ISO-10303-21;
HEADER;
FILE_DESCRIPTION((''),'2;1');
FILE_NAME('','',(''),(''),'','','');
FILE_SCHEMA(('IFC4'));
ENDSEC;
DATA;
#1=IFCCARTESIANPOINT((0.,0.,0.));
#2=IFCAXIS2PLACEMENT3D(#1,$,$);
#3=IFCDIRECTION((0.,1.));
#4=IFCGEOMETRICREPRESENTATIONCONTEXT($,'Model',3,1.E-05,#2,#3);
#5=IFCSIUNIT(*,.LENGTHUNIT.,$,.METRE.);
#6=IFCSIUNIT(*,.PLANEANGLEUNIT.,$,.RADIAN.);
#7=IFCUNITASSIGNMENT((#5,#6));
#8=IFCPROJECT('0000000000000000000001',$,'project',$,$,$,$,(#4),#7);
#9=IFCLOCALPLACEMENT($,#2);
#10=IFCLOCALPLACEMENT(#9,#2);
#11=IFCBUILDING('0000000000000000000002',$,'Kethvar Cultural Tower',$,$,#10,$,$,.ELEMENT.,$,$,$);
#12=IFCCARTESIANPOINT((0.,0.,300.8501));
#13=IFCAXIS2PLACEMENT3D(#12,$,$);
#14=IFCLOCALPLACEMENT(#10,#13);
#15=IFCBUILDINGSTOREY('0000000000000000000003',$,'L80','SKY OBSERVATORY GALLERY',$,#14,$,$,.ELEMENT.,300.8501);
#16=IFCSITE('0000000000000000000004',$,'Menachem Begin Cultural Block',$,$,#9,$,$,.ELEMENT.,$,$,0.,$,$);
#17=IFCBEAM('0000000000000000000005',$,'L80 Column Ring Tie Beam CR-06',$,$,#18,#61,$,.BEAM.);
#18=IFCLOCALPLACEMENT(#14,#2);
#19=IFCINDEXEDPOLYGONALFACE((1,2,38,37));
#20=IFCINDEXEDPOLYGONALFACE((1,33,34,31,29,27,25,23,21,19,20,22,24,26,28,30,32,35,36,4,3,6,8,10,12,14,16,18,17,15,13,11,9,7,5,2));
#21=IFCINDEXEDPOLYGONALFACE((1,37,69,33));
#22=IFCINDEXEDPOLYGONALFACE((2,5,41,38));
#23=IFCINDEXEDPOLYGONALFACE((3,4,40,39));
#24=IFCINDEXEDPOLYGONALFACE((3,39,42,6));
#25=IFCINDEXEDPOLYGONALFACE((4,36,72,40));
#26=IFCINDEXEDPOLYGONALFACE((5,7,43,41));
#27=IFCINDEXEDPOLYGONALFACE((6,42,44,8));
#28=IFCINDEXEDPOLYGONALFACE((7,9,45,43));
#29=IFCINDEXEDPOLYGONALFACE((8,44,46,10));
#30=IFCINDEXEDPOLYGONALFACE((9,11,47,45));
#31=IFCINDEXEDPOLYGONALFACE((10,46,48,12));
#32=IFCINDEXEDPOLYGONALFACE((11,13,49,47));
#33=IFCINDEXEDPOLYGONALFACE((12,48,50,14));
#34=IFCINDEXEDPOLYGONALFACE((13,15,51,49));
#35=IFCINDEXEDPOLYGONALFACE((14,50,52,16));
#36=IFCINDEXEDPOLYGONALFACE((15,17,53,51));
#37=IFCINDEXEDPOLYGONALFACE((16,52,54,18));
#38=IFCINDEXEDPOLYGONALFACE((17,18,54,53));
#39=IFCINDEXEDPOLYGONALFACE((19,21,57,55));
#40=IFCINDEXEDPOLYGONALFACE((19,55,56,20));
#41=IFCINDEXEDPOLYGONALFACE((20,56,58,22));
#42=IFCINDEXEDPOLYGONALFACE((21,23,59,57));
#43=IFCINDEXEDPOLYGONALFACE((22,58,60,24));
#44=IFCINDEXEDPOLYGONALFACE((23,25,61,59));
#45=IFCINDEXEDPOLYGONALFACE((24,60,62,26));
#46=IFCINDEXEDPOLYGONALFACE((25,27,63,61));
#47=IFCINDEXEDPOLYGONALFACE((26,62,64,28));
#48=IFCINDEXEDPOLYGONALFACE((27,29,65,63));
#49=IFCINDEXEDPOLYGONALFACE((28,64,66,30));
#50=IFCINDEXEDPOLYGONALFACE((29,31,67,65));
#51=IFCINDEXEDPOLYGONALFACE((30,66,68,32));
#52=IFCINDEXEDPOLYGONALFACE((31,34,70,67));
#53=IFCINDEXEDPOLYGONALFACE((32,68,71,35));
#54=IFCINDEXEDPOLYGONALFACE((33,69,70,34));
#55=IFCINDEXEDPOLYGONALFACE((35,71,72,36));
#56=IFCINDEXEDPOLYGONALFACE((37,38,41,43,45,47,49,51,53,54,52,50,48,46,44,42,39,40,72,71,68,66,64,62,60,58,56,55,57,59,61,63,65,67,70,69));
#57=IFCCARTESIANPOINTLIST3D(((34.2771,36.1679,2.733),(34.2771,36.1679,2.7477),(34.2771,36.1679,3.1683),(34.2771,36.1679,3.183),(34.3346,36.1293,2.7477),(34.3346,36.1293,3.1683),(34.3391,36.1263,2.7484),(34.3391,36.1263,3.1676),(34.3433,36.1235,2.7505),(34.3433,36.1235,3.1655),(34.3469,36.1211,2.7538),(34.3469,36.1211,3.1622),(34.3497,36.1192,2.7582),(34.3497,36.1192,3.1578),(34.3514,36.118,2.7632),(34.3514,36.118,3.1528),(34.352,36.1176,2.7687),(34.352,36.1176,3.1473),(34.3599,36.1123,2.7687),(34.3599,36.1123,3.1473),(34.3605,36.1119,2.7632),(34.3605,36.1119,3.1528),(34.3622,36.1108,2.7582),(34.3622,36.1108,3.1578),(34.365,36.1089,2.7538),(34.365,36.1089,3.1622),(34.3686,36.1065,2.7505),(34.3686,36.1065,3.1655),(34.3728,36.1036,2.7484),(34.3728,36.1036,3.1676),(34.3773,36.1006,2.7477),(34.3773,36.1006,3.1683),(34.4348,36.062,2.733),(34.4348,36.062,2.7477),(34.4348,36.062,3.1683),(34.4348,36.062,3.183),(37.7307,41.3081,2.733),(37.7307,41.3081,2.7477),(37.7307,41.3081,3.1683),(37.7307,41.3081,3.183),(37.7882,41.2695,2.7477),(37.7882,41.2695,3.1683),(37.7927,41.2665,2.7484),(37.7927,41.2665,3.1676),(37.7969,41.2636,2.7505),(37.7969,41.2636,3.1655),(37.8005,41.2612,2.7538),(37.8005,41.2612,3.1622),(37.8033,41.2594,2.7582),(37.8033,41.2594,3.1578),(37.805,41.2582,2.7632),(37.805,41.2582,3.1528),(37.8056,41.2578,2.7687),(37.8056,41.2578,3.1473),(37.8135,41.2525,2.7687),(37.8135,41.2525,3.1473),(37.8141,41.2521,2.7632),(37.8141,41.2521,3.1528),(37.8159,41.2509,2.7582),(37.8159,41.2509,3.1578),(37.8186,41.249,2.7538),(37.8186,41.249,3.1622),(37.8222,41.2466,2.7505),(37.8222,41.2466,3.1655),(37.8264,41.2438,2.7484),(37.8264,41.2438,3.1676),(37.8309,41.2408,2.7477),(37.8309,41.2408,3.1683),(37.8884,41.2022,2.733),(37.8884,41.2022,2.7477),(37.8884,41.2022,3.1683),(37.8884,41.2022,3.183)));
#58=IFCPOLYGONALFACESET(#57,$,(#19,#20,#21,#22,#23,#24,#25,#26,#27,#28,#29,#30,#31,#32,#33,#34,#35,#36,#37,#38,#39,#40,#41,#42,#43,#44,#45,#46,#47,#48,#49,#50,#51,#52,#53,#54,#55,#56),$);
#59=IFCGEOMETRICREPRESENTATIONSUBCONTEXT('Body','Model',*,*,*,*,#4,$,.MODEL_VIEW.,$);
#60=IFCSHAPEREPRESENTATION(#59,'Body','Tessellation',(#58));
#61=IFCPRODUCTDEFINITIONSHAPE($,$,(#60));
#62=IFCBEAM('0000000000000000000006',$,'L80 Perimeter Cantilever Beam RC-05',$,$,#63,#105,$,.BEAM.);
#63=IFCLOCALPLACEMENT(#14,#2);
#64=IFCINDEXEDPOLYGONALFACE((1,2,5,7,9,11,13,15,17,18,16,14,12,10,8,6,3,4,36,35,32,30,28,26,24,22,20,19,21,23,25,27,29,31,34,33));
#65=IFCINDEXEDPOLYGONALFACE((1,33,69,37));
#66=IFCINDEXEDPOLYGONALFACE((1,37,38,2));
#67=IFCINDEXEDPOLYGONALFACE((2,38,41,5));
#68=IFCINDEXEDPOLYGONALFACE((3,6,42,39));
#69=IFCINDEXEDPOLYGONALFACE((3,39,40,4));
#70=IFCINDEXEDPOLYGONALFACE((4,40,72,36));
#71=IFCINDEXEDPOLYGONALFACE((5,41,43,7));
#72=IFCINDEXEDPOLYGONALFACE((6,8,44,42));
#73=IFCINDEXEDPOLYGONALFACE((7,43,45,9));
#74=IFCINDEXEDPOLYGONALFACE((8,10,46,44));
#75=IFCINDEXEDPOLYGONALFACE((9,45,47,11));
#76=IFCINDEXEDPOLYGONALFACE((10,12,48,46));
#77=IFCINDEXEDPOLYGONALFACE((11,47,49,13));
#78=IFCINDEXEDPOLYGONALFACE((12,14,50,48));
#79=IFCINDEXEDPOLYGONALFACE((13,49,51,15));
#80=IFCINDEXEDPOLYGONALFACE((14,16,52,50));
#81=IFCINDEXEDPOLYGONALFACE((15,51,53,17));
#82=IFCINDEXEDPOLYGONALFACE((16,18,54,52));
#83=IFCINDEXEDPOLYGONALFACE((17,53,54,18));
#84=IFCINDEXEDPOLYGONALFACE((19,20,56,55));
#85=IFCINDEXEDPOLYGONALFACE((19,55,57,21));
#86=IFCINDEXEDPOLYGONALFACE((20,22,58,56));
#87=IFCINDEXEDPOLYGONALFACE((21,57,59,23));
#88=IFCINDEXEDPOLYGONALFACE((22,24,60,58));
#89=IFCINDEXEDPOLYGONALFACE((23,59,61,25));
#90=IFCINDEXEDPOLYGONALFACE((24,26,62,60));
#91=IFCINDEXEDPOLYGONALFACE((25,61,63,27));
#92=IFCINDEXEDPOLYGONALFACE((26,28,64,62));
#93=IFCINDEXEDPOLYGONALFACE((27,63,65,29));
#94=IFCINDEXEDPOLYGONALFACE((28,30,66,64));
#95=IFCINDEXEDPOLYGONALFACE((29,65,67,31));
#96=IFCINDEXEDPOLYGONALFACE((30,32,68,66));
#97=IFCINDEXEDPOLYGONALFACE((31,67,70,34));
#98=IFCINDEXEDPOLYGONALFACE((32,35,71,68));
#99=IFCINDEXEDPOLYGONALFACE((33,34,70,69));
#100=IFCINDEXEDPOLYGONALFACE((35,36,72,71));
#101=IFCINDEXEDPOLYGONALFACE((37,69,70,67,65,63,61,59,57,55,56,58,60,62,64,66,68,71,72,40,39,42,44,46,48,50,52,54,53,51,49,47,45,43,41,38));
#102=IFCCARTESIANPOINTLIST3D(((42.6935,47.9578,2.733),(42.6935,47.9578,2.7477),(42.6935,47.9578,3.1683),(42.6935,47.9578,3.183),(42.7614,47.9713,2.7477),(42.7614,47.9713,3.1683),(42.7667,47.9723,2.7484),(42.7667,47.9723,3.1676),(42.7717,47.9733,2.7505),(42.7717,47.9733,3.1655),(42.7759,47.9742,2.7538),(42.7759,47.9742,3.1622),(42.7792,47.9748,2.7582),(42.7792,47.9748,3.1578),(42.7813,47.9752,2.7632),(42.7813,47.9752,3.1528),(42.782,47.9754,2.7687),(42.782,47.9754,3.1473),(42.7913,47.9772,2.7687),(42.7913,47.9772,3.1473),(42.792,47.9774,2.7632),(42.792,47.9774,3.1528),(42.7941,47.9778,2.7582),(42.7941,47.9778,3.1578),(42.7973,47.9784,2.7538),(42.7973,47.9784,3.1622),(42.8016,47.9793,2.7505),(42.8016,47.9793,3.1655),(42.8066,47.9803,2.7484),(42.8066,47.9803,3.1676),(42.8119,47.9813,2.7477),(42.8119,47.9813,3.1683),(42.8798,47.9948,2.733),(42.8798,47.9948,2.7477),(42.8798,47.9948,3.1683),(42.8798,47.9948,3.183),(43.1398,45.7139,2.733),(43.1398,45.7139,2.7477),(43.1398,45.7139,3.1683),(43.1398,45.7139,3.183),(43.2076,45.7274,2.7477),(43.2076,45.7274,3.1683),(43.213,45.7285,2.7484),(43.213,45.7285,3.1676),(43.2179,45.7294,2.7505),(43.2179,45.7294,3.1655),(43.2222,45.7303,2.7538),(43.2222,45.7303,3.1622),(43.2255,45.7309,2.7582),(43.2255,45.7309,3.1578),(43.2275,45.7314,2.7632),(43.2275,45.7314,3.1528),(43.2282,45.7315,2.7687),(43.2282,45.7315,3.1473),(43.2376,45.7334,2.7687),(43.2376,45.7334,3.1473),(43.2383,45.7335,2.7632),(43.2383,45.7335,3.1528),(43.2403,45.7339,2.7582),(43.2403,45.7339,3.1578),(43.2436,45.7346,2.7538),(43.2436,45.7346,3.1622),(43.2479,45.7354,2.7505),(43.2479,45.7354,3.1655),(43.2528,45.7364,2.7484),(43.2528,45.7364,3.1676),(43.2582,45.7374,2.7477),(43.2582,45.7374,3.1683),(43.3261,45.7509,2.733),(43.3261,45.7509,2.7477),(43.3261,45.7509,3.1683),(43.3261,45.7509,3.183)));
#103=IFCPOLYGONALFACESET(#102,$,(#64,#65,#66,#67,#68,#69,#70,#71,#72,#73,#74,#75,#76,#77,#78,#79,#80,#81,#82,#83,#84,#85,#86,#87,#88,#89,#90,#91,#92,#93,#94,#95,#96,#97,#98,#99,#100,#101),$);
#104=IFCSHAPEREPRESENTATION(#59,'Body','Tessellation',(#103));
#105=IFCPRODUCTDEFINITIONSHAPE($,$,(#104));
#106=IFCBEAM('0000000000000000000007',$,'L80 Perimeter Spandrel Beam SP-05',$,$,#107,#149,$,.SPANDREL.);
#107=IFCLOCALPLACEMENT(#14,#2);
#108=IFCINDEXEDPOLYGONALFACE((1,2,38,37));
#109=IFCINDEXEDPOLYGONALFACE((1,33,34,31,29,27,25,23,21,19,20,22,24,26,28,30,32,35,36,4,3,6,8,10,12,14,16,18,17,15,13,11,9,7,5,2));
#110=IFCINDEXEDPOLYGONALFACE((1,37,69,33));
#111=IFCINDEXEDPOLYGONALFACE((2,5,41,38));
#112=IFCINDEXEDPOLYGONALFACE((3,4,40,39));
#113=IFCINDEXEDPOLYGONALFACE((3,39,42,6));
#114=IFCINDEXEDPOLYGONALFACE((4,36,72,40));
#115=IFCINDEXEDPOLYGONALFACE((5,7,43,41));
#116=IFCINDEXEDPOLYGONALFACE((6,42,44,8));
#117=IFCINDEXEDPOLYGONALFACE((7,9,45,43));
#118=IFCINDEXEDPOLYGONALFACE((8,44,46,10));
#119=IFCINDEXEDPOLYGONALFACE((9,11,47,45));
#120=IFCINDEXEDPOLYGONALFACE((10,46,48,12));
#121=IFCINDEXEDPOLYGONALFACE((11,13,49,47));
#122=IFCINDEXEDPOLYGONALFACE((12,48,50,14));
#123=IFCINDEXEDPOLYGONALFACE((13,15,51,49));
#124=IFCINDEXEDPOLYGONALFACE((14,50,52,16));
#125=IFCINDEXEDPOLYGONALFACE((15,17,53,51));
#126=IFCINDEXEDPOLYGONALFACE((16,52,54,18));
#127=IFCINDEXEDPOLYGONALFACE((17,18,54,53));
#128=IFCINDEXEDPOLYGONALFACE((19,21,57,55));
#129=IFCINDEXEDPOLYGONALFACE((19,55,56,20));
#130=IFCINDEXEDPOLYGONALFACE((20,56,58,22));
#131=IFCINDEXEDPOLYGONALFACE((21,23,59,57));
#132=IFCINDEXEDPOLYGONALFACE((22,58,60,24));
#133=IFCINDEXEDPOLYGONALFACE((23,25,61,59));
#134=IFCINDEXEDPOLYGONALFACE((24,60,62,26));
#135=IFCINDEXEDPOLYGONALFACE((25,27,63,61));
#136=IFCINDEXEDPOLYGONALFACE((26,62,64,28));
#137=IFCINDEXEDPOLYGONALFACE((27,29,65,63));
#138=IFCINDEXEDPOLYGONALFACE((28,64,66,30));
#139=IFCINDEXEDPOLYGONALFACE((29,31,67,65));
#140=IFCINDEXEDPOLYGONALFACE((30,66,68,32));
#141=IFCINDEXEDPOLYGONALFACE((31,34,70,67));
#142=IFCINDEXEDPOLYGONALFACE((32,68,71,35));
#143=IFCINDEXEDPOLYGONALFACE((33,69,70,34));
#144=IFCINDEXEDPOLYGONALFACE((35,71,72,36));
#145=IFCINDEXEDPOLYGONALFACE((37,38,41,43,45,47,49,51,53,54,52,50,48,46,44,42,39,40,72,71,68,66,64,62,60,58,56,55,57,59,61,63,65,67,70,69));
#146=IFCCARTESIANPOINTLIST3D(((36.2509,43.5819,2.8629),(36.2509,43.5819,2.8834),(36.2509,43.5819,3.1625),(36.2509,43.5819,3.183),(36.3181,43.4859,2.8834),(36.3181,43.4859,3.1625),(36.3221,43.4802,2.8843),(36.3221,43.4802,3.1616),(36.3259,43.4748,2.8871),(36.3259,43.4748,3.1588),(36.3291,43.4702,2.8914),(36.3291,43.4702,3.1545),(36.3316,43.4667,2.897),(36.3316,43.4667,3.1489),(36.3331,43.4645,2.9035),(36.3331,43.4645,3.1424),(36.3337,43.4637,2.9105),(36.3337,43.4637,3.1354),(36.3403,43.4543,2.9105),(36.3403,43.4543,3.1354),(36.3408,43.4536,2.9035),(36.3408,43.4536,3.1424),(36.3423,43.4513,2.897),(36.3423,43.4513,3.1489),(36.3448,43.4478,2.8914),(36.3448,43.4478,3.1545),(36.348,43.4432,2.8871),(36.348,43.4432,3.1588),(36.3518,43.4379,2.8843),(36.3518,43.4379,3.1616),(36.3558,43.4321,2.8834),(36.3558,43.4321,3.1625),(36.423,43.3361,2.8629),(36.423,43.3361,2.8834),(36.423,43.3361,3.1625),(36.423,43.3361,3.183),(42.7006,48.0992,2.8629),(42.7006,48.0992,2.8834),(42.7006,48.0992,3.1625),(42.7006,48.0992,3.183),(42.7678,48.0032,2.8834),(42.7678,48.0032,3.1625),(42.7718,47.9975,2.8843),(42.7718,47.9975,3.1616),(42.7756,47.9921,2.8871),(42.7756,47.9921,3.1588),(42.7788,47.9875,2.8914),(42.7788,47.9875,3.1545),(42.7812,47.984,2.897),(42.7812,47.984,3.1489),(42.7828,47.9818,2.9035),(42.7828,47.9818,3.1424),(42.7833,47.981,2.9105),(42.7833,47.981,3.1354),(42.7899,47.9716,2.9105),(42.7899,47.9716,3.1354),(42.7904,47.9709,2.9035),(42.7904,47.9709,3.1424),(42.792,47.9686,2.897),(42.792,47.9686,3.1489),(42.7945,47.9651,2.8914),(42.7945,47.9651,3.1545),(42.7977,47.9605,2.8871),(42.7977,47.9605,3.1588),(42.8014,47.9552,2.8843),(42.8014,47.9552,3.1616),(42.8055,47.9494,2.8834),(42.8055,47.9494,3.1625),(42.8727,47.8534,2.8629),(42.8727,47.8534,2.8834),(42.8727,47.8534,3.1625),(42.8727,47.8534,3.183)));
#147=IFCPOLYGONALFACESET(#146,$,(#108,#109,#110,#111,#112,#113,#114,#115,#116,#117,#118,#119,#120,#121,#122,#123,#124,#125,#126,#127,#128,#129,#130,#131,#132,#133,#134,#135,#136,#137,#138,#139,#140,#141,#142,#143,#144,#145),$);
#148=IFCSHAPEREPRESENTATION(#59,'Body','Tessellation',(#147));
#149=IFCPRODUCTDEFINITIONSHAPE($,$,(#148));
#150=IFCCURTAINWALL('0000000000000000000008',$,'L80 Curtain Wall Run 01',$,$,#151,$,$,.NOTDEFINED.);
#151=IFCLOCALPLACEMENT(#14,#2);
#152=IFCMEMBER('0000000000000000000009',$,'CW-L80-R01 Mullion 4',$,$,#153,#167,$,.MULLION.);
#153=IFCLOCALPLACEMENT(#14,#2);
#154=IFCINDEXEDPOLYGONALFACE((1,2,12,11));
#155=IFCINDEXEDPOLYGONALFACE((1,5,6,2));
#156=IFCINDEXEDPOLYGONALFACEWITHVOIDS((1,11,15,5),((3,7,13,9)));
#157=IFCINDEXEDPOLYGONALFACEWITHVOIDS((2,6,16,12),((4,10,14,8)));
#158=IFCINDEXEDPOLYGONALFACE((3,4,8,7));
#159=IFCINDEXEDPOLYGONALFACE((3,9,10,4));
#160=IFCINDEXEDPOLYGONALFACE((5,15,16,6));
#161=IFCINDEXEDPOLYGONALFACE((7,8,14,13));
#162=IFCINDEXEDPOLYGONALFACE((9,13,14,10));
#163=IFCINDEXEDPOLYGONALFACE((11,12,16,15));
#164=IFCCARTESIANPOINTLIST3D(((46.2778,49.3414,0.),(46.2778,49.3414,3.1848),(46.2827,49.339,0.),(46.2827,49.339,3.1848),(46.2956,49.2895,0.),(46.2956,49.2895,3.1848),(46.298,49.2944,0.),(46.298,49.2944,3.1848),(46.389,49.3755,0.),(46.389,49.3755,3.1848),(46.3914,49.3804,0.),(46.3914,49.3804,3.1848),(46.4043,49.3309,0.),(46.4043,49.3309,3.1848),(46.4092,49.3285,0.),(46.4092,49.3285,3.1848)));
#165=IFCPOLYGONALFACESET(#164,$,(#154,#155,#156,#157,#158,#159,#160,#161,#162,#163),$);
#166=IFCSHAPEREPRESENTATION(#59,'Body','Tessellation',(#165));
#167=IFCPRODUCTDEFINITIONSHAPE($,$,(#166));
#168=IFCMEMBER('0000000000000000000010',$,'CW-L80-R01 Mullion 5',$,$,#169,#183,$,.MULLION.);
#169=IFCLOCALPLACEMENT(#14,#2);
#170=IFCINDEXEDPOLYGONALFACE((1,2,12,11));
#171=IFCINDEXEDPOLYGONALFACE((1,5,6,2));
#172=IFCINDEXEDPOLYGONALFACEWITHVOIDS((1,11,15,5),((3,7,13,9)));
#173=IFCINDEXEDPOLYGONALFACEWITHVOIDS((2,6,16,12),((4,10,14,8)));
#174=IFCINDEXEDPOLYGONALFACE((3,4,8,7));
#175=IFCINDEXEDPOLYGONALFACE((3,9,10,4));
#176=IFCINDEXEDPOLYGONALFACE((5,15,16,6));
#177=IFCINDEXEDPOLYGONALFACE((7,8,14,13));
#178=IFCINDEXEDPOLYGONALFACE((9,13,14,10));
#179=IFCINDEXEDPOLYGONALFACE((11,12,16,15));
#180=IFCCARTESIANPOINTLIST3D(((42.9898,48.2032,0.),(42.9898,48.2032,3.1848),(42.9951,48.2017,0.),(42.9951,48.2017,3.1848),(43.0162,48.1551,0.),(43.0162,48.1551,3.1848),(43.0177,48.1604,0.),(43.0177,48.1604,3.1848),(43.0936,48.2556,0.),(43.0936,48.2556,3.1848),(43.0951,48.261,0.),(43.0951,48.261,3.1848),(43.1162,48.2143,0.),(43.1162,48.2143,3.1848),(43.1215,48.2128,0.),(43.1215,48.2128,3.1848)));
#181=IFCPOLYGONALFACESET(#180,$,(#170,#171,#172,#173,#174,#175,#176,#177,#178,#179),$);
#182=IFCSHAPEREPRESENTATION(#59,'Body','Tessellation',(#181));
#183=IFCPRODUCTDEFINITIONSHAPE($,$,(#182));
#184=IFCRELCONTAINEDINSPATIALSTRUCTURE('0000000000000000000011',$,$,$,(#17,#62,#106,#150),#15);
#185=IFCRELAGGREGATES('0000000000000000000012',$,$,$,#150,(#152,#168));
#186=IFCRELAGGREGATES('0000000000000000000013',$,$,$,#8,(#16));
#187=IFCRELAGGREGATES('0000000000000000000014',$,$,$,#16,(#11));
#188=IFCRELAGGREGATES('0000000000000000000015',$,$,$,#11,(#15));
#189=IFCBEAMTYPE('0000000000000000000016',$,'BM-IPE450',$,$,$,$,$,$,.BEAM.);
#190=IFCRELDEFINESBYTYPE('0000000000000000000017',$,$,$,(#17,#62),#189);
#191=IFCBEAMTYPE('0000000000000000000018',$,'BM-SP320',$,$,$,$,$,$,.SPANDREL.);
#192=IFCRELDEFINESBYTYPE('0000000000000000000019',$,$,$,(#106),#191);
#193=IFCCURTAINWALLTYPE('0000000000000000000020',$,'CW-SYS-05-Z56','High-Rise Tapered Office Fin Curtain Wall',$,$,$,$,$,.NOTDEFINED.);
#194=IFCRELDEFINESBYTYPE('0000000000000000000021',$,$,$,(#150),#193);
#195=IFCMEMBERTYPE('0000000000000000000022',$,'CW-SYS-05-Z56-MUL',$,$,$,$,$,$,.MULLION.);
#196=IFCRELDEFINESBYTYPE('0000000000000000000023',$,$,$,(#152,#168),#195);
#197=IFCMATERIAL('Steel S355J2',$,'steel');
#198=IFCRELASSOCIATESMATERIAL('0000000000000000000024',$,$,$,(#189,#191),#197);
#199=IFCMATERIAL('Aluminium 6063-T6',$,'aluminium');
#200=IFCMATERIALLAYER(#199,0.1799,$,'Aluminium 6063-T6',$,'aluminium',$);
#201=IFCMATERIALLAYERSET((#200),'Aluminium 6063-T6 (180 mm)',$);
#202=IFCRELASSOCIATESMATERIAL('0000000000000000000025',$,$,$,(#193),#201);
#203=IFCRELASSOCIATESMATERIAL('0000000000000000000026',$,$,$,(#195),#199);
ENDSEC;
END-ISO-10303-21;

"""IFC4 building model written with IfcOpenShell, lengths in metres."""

from ifc_helpers import new_model, si_unit, direction, frame, origin, origin_2d, place, context, subcontext, project, spatial, hollow_rectangle, i_section, extrude, source, transform, mapped, material, layer, layer_set, material_profile, profile_set, type_object, element, aggregate, save


model = new_model("IFC4")

# Units and contexts
model_context = context("Model", 3, precision=1e-05, world=origin(), true_north=direction((0.0, 1.0)))
body_context = subcontext(model_context, "Body", "Model", "MODEL_VIEW")
ifc_project = project(units=[si_unit("LENGTHUNIT", "METRE"), si_unit("PLANEANGLEUNIT", "RADIAN")], contexts=[model_context])

# Site, building, storey
site_placement = place(None, origin())
site = spatial("IfcSite", under=ifc_project, at=site_placement, Name="Menachem Begin Cultural Block", CompositionType="ELEMENT", RefElevation=0.0)
building_placement = place(site_placement, origin())
building = spatial("IfcBuilding", under=site, at=building_placement, Name="Kethvar Cultural Tower", CompositionType="ELEMENT")
storey_placement = place(building_placement, frame((0.0, 0.0, 300.8501)))
storey = spatial("IfcBuildingStorey", under=building, at=storey_placement, Name="L80", Description="SKY OBSERVATORY GALLERY", CompositionType="ELEMENT", Elevation=300.8501)

# Shared definitions
ifc_material_1 = material(Name="Steel S355J2", Category="steel")

# Beams
ifc_material_profile_1 = material_profile(ifc_material_1, i_section(OverallWidth=0.1899, OverallDepth=0.45, WebThickness=0.0095, FlangeThickness=0.0146, FilletRadius=0.021, at=origin_2d()), Name="Steel S355J2 — IPE450")
ifc_profile_set_1 = profile_set([ifc_material_profile_1], Name="Steel S355J2 — IPE450")
beam_type_1 = type_object("IfcBeamType", Name="BM-IPE450", PredefinedType="BEAM", material=ifc_profile_set_1)
shared_shape_1 = source(origin(), body_context, "Body", "SweptSolid", [
    extrude(i_section(OverallWidth=0.1899, OverallDepth=0.45, WebThickness=0.0095, FlangeThickness=0.0146, FilletRadius=0.021, at=origin_2d()), origin(), (0.0, 0.0, 1.0), 6.1926),
])
beam_1_placement = place(storey_placement, frame((37.8096, 41.2551, 2.958), z_axis=(-0.557699, -0.830043, 0.0), x_axis=(0.830043, -0.557699, 0.0)))
element("IfcBeam", 1, at=beam_1_placement, inside=storey, type_object=beam_type_1, Name="L80 Column Ring Tie Beam CR-06", PredefinedType="BEAM", context=body_context, shape_type="MappedRepresentation", body=[
    mapped(shared_shape_1, transform((0.0, 0.0, 0.0), scale=1.0)),
])
shared_shape_2 = source(origin(), body_context, "Body", "SweptSolid", [
    extrude(i_section(OverallWidth=0.1899, OverallDepth=0.45, WebThickness=0.0095, FlangeThickness=0.0146, FilletRadius=0.021, at=origin_2d()), origin(), (0.0, 0.0, 1.0), 2.2878),
])
beam_2_placement = place(storey_placement, frame((43.2329, 45.7324, 2.958), z_axis=(-0.195069, 0.980789, 0.0), x_axis=(-0.980789, -0.195069, 0.0)))
element("IfcBeam", 2, at=beam_2_placement, inside=storey, type_object=beam_type_1, Name="L80 Perimeter Cantilever Beam RC-05", PredefinedType="BEAM", context=body_context, shape_type="MappedRepresentation", body=[
    mapped(shared_shape_2, transform((0.0, 0.0, 0.0), scale=1.0)),
])
ifc_material_profile_2 = material_profile(ifc_material_1, i_section(OverallWidth=0.3, OverallDepth=0.3201, WebThickness=0.0115, FlangeThickness=0.0205, FilletRadius=0.0271, at=origin_2d()), Name="Steel S355J2 — HEB320")
ifc_profile_set_2 = profile_set([ifc_material_profile_2], Name="Steel S355J2 — HEB320")
beam_type_2 = type_object("IfcBeamType", Name="BM-SP320", PredefinedType="SPANDREL", material=ifc_profile_set_2)
shared_shape_3 = source(origin(), body_context, "Body", "SweptSolid", [
    extrude(i_section(OverallWidth=0.3, OverallDepth=0.3201, WebThickness=0.0115, FlangeThickness=0.0205, FilletRadius=0.0271, at=origin_2d()), origin(), (0.0, 0.0, 1.0), 7.8743),
])
beam_3_placement = place(storey_placement, frame((42.7866, 47.9763, 3.0229), z_axis=(-0.81908, -0.573679, 0.0), x_axis=(0.573679, -0.81908, 0.0)))
element("IfcBeam", 3, at=beam_3_placement, inside=storey, type_object=beam_type_2, Name="L80 Perimeter Spandrel Beam SP-05", PredefinedType="SPANDREL", context=body_context, shape_type="MappedRepresentation", body=[
    mapped(shared_shape_3, transform((0.0, 0.0, 0.0), scale=1.0)),
])

# Curtain wall, members
ifc_material_2 = material(Name="Aluminium 6063-T6", Category="aluminium")
ifc_layer_1 = layer(ifc_material_2, 0.1799, Name="Aluminium 6063-T6", Category="aluminium")
ifc_layer_set_1 = layer_set([ifc_layer_1], Name="Aluminium 6063-T6 (180 mm)")
curtain_wall_type = type_object("IfcCurtainWallType", Name="CW-SYS-05-Z56", Description="High-Rise Tapered Office Fin Curtain Wall", PredefinedType="NOTDEFINED", material=ifc_layer_set_1)
curtain_wall_placement = place(storey_placement, origin())
curtain_wall = element("IfcCurtainWall", 4, at=curtain_wall_placement, inside=storey, type_object=curtain_wall_type, Name="L80 Curtain Wall Run 01", PredefinedType="NOTDEFINED")
ifc_material_profile_3 = material_profile(ifc_material_2, hollow_rectangle(XDim=0.0549, YDim=0.1201, WallThickness=0.0039, at=origin_2d()), Name="Aluminium 6063-T6 — RHS120x55x4")
ifc_profile_set_3 = profile_set([ifc_material_profile_3], Name="Aluminium 6063-T6 — RHS120x55x4")
member_type_1 = type_object("IfcMemberType", Name="CW-SYS-05-Z56-MUL", PredefinedType="MULLION", material=ifc_profile_set_3)
shared_shape_4 = source(origin(), body_context, "Body", "SweptSolid", [
    extrude(hollow_rectangle(XDim=0.0549, YDim=0.1201, WallThickness=0.0039, at=origin_2d()), origin(), (0.0, 0.0, 1.0), 3.1848),
])
member_1_placement = place(storey_placement, frame((46.3435, 49.335, 0.0), z_axis=(0.0, 0.0, 1.0), x_axis=(0.324627, -0.945842, 0.0)))
member_1 = element("IfcMember", 5, at=member_1_placement, type_object=member_type_1, Name="CW-L80-R01 Mullion 4", PredefinedType="MULLION", context=body_context, shape_type="MappedRepresentation", body=[
    mapped(shared_shape_4, transform((0.0, 0.0, 0.0), scale=1.0)),
])
member_2_placement = place(storey_placement, frame((43.0557, 48.208, 0.0), z_axis=(0.0, 0.0, 1.0), x_axis=(0.480468, -0.877012, 0.0)))
member_2 = element("IfcMember", 6, at=member_2_placement, type_object=member_type_1, Name="CW-L80-R01 Mullion 5", PredefinedType="MULLION", context=body_context, shape_type="MappedRepresentation", body=[
    mapped(shared_shape_4, transform((0.0, 0.0, 0.0), scale=1.0)),
])
aggregate(curtain_wall, [member_1, member_2])

save(model, "model.ifc")
